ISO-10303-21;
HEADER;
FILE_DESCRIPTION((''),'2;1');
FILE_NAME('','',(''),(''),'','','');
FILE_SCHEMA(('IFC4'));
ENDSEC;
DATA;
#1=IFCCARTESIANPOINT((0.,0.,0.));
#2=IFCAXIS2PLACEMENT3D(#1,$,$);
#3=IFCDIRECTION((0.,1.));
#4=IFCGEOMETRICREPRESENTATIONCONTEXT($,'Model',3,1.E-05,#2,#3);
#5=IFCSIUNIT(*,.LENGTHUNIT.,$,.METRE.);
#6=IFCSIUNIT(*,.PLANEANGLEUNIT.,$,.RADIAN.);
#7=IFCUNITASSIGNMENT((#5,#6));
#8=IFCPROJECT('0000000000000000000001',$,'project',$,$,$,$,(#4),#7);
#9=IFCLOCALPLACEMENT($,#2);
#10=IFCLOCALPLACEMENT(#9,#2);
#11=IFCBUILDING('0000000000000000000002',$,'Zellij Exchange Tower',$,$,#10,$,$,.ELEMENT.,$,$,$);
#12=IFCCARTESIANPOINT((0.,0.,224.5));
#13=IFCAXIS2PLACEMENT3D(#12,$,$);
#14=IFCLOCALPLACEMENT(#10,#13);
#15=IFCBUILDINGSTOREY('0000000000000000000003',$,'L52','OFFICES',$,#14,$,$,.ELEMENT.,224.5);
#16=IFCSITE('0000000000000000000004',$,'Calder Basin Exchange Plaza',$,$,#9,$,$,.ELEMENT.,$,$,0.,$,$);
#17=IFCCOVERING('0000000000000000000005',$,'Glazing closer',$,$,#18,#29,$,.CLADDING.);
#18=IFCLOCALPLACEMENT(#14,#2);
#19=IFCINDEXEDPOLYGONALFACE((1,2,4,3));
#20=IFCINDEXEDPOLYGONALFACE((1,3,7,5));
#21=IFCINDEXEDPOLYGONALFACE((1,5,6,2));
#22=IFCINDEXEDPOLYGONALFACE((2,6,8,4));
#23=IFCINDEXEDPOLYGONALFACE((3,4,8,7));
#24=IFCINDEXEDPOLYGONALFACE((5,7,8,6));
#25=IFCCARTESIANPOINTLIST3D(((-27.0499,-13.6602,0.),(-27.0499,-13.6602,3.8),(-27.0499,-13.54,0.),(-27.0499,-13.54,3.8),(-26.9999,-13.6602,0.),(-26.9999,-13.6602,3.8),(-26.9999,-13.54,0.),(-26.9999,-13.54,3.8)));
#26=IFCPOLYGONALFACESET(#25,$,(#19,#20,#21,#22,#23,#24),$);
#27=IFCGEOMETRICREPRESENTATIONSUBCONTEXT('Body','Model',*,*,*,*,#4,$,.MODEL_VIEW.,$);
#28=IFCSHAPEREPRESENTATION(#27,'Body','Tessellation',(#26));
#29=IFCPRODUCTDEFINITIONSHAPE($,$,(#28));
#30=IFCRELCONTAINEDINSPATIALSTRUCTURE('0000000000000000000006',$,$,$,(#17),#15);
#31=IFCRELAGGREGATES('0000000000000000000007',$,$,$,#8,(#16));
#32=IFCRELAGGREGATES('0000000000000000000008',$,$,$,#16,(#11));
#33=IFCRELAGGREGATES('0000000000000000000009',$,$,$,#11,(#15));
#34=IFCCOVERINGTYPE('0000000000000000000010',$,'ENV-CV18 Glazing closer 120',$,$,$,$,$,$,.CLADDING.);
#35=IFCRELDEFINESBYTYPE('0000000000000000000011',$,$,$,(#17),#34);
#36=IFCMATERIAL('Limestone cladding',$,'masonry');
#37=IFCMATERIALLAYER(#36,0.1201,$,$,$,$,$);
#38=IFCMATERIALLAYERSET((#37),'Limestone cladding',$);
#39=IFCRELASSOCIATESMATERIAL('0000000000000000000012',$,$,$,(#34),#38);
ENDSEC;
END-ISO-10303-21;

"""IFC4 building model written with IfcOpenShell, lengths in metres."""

from ifc_helpers import new_model, si_unit, direction, frame, origin, origin_2d, place, context, subcontext, project, spatial, rectangle, extrude, material, layer, layer_set, type_object, element, save


model = new_model("IFC4")

# Units and contexts
model_context = context("Model", 3, precision=1e-05, world=origin(), true_north=direction((0.0, 1.0)))
body_context = subcontext(model_context, "Body", "Model", "MODEL_VIEW")
ifc_project = project(units=[si_unit("LENGTHUNIT", "METRE"), si_unit("PLANEANGLEUNIT", "RADIAN")], contexts=[model_context])

# Site, building, storey
site_placement = place(None, origin())
site = spatial("IfcSite", under=ifc_project, at=site_placement, Name="Calder Basin Exchange Plaza", CompositionType="ELEMENT", RefElevation=0.0)
building_placement = place(site_placement, origin())
building = spatial("IfcBuilding", under=site, at=building_placement, Name="Zellij Exchange Tower", CompositionType="ELEMENT")
storey_placement = place(building_placement, frame((0.0, 0.0, 224.5)))
storey = spatial("IfcBuildingStorey", under=building, at=storey_placement, Name="L52", Description="OFFICES", CompositionType="ELEMENT", Elevation=224.5)

# Covering
ifc_material_1 = material(Name="Limestone cladding", Category="masonry")
ifc_layer_1 = layer(ifc_material_1, 0.1201)
ifc_layer_set_1 = layer_set([ifc_layer_1], Name="Limestone cladding")
covering_type = type_object("IfcCoveringType", Name="ENV-CV18 Glazing closer 120", PredefinedType="CLADDING", material=ifc_layer_set_1)
covering_placement = place(storey_placement, frame((-27.0249, -13.6001, 0.0), z_axis=(0.0, 0.0, 1.0), x_axis=(1.0, 0.0, 0.0)))
element("IfcCovering", 1, at=covering_placement, inside=storey, type_object=covering_type, Name="Glazing closer", PredefinedType="CLADDING", context=body_context, shape_type="SweptSolid", body=[
    extrude(rectangle(XDim=0.05, YDim=0.1201, at=origin_2d()), origin(), (0.0, 0.0, 1.0), 3.8),
])

save(model, "model.ifc")
